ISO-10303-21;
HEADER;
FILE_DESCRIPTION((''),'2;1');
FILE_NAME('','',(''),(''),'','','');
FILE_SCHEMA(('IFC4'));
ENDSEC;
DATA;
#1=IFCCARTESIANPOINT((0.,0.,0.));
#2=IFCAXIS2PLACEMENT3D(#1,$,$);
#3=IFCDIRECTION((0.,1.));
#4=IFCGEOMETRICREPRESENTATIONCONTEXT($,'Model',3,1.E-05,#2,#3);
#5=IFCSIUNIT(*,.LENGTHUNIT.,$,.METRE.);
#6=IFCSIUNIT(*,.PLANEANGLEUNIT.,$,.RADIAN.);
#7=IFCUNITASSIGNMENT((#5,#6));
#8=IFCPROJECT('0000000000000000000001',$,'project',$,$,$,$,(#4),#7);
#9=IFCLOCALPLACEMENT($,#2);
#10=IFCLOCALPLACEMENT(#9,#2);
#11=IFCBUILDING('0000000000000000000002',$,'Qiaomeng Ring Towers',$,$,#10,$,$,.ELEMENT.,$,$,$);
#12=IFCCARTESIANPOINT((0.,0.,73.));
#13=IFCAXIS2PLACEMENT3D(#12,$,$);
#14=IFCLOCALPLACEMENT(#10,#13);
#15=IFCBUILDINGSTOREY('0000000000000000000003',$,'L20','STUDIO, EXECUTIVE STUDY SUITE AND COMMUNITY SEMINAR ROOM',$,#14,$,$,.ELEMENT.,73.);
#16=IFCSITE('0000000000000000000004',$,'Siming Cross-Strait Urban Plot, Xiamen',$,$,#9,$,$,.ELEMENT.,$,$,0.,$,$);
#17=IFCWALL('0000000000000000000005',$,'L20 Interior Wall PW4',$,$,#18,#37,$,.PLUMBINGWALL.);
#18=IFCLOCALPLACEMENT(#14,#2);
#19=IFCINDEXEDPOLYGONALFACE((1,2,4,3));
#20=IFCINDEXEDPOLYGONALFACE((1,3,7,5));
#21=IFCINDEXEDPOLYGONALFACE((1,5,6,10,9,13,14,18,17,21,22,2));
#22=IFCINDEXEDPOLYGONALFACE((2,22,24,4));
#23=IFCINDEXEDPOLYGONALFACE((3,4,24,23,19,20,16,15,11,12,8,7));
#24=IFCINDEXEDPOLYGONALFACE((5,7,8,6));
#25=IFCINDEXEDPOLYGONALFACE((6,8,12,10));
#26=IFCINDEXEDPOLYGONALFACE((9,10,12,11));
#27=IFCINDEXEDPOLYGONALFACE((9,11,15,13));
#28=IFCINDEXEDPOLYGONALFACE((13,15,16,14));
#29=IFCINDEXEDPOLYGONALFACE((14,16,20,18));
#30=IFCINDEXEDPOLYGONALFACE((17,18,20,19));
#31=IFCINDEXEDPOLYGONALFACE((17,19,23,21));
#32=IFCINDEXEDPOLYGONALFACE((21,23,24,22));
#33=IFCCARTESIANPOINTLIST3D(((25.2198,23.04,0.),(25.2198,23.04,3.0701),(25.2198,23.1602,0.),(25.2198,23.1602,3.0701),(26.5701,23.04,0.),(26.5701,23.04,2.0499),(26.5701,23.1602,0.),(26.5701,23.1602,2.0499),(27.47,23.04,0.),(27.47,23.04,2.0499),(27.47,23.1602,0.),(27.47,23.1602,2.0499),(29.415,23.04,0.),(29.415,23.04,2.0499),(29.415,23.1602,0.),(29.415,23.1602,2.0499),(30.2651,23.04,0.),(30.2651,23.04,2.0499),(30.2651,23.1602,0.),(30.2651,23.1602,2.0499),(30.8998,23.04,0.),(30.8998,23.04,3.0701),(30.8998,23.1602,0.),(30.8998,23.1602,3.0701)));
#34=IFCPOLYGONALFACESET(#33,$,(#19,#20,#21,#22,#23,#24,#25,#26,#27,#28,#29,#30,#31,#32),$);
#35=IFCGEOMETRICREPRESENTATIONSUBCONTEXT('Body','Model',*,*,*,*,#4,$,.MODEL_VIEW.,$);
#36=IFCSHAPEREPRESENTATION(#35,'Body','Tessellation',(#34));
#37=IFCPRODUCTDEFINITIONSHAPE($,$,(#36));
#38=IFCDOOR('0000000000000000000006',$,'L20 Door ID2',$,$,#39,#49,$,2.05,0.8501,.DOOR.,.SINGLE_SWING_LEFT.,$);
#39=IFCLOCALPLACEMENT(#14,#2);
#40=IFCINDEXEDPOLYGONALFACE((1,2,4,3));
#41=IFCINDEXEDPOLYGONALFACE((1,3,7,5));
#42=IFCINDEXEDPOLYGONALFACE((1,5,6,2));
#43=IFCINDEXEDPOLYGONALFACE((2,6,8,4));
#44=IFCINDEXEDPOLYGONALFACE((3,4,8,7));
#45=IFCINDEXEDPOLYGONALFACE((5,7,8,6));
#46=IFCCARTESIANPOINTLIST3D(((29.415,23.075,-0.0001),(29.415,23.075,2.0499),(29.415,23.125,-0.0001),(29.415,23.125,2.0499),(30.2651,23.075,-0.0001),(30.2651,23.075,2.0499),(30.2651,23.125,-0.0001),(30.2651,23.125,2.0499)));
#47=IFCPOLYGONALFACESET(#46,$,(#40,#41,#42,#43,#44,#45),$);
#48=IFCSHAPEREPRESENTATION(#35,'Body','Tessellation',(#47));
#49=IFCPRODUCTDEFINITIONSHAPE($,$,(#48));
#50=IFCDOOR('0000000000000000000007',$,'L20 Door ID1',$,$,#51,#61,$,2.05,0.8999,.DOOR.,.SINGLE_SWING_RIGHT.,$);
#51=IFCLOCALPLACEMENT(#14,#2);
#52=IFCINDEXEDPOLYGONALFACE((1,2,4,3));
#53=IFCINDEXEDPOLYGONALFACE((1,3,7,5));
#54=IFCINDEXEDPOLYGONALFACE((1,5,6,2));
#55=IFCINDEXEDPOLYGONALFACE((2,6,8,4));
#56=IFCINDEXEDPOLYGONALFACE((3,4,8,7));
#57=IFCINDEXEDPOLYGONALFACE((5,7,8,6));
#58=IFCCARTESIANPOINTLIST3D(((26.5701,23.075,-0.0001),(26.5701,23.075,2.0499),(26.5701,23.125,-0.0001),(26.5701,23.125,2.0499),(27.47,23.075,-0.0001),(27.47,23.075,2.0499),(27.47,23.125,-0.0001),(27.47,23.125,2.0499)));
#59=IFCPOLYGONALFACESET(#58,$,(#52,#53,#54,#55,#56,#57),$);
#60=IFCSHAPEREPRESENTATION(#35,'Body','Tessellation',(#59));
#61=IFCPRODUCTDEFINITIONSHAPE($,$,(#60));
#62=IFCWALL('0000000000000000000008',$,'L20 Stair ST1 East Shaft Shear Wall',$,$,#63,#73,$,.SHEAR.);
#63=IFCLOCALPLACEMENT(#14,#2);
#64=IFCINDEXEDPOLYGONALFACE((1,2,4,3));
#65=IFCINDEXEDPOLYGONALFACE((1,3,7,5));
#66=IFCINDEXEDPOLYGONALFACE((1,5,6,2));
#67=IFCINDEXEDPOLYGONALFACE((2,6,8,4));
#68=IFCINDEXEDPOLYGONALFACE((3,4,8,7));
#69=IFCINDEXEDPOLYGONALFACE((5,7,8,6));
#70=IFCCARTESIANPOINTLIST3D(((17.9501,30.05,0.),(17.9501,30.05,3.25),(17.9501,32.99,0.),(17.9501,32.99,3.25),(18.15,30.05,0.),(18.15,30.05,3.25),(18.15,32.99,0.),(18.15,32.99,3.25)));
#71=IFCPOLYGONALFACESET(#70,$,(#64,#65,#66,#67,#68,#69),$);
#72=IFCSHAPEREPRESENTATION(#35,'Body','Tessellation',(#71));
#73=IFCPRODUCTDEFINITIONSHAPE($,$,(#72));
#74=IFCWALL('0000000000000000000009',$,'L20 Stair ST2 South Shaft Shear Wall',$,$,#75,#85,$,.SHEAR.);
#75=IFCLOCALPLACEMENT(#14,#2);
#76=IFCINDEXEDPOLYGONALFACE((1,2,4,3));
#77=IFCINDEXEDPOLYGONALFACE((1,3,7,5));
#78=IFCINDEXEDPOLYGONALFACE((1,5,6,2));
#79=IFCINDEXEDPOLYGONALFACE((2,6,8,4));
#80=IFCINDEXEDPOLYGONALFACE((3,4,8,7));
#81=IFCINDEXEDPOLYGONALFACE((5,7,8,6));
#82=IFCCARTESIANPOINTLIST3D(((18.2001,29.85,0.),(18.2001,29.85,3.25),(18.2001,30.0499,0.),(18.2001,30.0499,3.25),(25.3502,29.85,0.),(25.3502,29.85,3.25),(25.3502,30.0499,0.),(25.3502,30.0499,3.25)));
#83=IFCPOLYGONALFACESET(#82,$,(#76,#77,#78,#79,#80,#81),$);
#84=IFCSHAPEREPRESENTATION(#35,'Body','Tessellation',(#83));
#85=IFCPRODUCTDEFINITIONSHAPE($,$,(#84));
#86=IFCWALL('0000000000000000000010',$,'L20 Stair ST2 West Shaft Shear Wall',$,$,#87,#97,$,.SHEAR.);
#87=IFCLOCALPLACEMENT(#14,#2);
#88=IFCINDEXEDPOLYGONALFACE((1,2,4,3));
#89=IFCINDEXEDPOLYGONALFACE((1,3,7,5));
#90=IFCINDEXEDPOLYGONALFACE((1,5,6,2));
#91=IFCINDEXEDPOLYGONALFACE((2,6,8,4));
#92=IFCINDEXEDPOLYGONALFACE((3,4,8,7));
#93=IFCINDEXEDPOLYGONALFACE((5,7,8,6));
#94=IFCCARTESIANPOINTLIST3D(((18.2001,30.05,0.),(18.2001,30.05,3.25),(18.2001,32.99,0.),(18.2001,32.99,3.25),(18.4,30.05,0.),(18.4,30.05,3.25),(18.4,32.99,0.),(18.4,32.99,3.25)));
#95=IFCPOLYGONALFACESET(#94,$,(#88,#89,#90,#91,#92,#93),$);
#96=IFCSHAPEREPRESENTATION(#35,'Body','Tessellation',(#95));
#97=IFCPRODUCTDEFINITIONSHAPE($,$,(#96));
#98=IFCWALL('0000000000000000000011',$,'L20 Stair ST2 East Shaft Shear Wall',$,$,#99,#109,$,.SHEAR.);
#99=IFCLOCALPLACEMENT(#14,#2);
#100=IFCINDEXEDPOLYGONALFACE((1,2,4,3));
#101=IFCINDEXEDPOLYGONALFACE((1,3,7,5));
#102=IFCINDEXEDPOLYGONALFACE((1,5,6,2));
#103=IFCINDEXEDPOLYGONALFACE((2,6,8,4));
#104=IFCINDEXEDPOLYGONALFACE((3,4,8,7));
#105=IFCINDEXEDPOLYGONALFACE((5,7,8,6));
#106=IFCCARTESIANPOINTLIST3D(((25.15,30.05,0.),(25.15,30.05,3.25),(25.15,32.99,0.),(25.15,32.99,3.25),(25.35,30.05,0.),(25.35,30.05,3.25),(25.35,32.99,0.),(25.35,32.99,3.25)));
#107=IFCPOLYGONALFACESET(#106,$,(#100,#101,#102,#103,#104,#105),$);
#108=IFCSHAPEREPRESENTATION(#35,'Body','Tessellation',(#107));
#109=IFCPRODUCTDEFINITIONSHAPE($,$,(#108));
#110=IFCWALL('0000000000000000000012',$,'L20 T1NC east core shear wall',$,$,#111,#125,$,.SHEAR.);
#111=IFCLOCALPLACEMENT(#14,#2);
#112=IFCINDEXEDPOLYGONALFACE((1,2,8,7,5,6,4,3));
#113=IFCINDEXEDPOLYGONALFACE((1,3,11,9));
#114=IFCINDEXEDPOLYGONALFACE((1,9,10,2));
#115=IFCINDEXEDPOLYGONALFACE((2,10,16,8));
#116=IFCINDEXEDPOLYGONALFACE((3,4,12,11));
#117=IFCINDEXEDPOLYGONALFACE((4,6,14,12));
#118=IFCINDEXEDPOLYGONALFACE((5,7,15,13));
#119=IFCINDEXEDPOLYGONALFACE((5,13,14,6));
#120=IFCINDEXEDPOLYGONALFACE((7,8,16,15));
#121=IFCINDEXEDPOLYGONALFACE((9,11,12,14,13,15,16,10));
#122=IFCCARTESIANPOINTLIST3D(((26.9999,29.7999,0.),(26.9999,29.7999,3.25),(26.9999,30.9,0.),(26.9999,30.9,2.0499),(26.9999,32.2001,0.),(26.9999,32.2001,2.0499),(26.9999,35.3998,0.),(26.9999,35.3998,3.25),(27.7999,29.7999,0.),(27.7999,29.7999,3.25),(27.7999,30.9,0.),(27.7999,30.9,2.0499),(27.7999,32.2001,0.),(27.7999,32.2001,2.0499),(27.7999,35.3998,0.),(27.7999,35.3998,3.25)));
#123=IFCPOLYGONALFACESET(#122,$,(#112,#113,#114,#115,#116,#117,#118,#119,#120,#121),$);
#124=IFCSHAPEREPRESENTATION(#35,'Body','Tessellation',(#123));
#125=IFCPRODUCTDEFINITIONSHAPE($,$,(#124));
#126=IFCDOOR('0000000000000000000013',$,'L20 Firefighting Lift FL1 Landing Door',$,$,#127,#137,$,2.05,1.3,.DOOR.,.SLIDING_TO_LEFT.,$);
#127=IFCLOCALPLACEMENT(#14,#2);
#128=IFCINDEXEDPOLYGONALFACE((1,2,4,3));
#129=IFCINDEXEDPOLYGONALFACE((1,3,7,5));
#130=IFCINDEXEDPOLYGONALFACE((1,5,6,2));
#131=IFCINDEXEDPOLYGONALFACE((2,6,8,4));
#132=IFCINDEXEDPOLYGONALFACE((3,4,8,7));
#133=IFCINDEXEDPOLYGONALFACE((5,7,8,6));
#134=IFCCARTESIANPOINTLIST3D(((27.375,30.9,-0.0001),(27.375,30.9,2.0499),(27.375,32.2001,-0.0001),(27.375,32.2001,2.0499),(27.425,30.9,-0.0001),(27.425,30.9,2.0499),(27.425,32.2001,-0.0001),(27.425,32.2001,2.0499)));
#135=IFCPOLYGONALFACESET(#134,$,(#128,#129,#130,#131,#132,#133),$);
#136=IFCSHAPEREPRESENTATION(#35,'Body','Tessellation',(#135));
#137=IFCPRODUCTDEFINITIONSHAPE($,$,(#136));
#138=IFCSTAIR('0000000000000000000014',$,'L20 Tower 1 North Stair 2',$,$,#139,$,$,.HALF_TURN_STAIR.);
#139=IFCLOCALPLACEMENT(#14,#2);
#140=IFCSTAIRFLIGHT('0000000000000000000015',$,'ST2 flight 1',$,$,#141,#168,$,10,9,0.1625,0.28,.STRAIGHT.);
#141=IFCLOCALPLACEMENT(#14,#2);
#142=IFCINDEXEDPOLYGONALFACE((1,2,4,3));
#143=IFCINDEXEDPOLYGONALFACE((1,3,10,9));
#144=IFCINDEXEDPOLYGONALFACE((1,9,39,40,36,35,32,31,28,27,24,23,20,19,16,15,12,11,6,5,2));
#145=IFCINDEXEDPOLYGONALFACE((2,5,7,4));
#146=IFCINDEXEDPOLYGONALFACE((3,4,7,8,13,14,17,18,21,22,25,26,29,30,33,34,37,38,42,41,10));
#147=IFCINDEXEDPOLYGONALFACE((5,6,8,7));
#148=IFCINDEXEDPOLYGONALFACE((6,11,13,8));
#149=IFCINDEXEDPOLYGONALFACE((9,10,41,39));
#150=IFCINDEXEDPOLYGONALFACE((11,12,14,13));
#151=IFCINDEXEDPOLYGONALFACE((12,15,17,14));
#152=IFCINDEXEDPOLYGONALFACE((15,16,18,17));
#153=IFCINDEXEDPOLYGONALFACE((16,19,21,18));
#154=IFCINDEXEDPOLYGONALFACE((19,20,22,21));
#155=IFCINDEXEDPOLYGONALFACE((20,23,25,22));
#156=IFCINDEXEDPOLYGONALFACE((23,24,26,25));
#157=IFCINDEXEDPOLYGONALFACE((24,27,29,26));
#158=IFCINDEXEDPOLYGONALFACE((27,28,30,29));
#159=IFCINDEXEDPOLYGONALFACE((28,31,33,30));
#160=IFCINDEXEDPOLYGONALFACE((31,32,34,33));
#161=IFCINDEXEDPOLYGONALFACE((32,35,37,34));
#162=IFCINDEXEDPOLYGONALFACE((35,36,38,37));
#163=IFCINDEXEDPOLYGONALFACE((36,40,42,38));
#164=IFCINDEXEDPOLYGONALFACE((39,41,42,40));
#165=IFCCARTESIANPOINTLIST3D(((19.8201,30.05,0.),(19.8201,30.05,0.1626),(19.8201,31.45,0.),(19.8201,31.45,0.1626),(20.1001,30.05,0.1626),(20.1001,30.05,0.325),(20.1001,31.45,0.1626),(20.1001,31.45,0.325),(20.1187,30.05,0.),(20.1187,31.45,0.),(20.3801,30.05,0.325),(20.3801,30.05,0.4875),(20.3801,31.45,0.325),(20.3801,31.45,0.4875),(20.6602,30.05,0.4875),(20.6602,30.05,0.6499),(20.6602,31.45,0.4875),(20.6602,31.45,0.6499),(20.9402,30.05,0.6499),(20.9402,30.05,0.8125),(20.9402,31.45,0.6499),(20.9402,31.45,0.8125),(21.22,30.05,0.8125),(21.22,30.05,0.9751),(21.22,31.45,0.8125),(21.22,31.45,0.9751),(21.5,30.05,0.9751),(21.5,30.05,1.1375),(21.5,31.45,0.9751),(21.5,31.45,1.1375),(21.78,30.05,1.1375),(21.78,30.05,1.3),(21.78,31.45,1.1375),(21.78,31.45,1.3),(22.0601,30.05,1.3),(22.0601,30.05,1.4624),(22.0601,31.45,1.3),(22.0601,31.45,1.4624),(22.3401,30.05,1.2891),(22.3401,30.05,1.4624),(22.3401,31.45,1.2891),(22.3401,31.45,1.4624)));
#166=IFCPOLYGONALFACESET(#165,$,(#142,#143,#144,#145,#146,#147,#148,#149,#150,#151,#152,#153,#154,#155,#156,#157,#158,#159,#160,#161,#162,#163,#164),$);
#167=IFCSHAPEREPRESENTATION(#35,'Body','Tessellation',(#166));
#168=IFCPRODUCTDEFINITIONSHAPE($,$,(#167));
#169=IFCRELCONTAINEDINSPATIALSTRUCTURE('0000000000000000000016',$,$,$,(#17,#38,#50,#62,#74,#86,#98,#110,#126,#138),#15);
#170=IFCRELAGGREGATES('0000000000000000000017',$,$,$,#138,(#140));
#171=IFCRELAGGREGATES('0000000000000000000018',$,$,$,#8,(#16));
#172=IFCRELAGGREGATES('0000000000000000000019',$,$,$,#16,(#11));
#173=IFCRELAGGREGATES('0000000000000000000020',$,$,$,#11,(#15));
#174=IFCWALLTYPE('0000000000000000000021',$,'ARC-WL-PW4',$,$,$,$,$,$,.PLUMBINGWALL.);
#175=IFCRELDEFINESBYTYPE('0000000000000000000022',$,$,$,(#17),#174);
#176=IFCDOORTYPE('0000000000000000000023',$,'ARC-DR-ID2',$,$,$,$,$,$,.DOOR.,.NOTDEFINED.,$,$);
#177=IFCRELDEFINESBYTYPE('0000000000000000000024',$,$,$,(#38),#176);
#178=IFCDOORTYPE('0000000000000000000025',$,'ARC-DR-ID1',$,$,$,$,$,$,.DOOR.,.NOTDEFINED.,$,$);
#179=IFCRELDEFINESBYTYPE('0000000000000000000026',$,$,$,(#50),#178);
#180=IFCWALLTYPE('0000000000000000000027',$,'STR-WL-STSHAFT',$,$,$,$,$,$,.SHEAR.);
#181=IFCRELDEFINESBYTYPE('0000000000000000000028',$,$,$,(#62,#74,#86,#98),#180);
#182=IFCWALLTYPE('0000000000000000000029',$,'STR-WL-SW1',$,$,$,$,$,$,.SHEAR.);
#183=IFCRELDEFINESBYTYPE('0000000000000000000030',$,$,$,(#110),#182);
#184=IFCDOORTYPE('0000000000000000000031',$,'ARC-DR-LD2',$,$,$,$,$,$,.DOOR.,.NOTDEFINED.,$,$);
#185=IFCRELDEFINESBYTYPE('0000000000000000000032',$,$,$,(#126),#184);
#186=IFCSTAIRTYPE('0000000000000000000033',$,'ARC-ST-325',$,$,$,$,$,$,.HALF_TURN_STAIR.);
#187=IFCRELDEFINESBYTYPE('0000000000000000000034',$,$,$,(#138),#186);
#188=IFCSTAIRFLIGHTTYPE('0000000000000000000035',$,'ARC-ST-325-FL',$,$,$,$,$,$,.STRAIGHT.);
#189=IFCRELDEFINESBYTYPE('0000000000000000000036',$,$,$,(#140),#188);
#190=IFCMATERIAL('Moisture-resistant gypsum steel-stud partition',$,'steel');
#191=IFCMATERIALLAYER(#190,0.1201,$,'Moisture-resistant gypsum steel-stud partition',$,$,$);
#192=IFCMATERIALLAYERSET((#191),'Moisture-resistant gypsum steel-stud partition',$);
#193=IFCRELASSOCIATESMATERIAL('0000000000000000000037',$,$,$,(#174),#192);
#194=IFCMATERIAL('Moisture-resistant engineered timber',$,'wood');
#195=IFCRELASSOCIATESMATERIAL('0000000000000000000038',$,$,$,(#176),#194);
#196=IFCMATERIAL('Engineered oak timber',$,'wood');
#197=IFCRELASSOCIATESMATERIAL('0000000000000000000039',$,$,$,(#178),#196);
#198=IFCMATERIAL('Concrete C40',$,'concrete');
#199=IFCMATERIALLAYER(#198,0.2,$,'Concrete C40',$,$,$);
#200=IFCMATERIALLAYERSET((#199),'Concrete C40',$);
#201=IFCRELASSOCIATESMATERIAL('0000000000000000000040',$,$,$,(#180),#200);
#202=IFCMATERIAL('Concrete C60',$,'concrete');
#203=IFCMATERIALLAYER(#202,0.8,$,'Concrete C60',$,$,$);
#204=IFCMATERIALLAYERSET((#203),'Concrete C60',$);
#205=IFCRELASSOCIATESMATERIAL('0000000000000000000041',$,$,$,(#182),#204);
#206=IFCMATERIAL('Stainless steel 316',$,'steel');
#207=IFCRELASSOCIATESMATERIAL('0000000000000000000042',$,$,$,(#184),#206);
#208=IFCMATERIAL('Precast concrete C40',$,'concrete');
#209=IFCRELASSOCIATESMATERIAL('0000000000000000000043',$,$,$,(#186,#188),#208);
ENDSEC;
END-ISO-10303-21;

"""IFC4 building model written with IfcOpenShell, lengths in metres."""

from ifc_helpers import new_model, si_unit, direction, frame, frame_2d, origin, place, context, subcontext, project, spatial, polyline, rectangle, outline, extrude, source, transform, mapped, material, layer, layer_set, type_object, element, fill, aggregate, save


model = new_model("IFC4")

# Units and contexts
model_context = context("Model", 3, precision=1e-05, world=origin(), true_north=direction((0.0, 1.0)))
body_context = subcontext(model_context, "Body", "Model", "MODEL_VIEW")
ifc_project = project(units=[si_unit("LENGTHUNIT", "METRE"), si_unit("PLANEANGLEUNIT", "RADIAN")], contexts=[model_context])

# Site, building, storey
site_placement = place(None, origin())
site = spatial("IfcSite", under=ifc_project, at=site_placement, Name="Siming Cross-Strait Urban Plot, Xiamen", CompositionType="ELEMENT", RefElevation=0.0)
building_placement = place(site_placement, origin())
building = spatial("IfcBuilding", under=site, at=building_placement, Name="Qiaomeng Ring Towers", CompositionType="ELEMENT")
storey_placement = place(building_placement, frame((0.0, 0.0, 73.0)))
storey = spatial("IfcBuildingStorey", under=building, at=storey_placement, Name="L20", Description="STUDIO, EXECUTIVE STUDY SUITE AND COMMUNITY SEMINAR ROOM", CompositionType="ELEMENT", Elevation=73.0)

# Wall, openings, doors
ifc_material_1 = material(Name="Moisture-resistant gypsum steel-stud partition", Category="steel")
ifc_layer_1 = layer(ifc_material_1, 0.1201, Name="Moisture-resistant gypsum steel-stud partition")
ifc_layer_set_1 = layer_set([ifc_layer_1], Name="Moisture-resistant gypsum steel-stud partition")
wall_type_1 = type_object("IfcWallType", Name="ARC-WL-PW4", PredefinedType="PLUMBINGWALL", material=ifc_layer_set_1)
wall_1_placement = place(storey_placement, frame((25.22, 23.1001, 0.0), z_axis=(0.0, 0.0, 1.0), x_axis=(1.0, 0.0, 0.0)))
wall_1 = element("IfcWall", 1, at=wall_1_placement, inside=storey, type_object=wall_type_1, Name="L20 Interior Wall PW4", PredefinedType="PLUMBINGWALL", context=body_context, shape_type="SweptSolid", body=[
    extrude(rectangle(XDim=5.6799, YDim=0.1201, at=frame_2d((2.8398, 0.0))), origin(), (0.0, 0.0, 1.0), 3.0701),
])
opening_1_placement = place(wall_1_placement, frame((1.3501, 0.0, 0.0)))
opening_1 = element("IfcOpeningElement", 2, at=opening_1_placement, cuts=wall_1, PredefinedType="OPENING", context=body_context, shape_type="SweptSolid", body=[
    extrude(rectangle(XDim=0.8999, YDim=2.05, at=frame_2d((0.45, 1.0249))), frame((0.0, 0.0701, 0.0), z_axis=(0.0, -1.0, 0.0), x_axis=(1.0, 0.0, 0.0)), (0.0, 0.0, 1.0), 0.1401),
])
opening_2_placement = place(wall_1_placement, frame((4.1951, 0.0, 0.0)))
opening_2 = element("IfcOpeningElement", 3, at=opening_2_placement, cuts=wall_1, PredefinedType="OPENING", context=body_context, shape_type="SweptSolid", body=[
    extrude(rectangle(XDim=0.8501, YDim=2.05, at=frame_2d((0.425, 1.0249))), frame((0.0, 0.0701, 0.0), z_axis=(0.0, -1.0, 0.0), x_axis=(1.0, 0.0, 0.0)), (0.0, 0.0, 1.0), 0.1401),
])
ifc_material_2 = material(Name="Moisture-resistant engineered timber", Category="wood")
door_type_1 = type_object("IfcDoorType", Name="ARC-DR-ID2", OperationType="NOTDEFINED", PredefinedType="DOOR", material=ifc_material_2)
shared_shape_1 = source(origin(), body_context, "Body", "SweptSolid", [
    extrude(rectangle(XDim=0.8501, YDim=2.05, at=frame_2d((0.425, 1.0249))), frame((0.0, 0.0249, 0.0), z_axis=(0.0, -1.0, 0.0), x_axis=(1.0, 0.0, 0.0)), (0.0, 0.0, 1.0), 0.05),
])
door_1_placement = place(opening_2_placement, origin())
door_1 = element("IfcDoor", 4, at=door_1_placement, inside=storey, type_object=door_type_1, Name="L20 Door ID2", OperationType="SINGLE_SWING_LEFT", OverallHeight=2.05, OverallWidth=0.8501, PredefinedType="DOOR", context=body_context, shape_type="MappedRepresentation", body=[
    mapped(shared_shape_1, transform((0.0, 0.0, 0.0), x_axis=(1.0, 0.0, 0.0), y_axis=(0.0, 1.0, 0.0), z_axis=(0.0, 0.0, 1.0), scale=1.0)),
])
fill(opening_2, door_1)
ifc_material_3 = material(Name="Engineered oak timber", Category="wood")
door_type_2 = type_object("IfcDoorType", Name="ARC-DR-ID1", OperationType="NOTDEFINED", PredefinedType="DOOR", material=ifc_material_3)
shared_shape_2 = source(origin(), body_context, "Body", "SweptSolid", [
    extrude(rectangle(XDim=0.8999, YDim=2.05, at=frame_2d((0.45, 1.0249))), frame((0.0, 0.0249, 0.0), z_axis=(0.0, -1.0, 0.0), x_axis=(1.0, 0.0, 0.0)), (0.0, 0.0, 1.0), 0.05),
])
door_2_placement = place(opening_1_placement, origin())
door_2 = element("IfcDoor", 5, at=door_2_placement, inside=storey, type_object=door_type_2, Name="L20 Door ID1", OperationType="SINGLE_SWING_RIGHT", OverallHeight=2.05, OverallWidth=0.8999, PredefinedType="DOOR", context=body_context, shape_type="MappedRepresentation", body=[
    mapped(shared_shape_2, transform((0.0, 0.0, 0.0), x_axis=(1.0, 0.0, 0.0), y_axis=(0.0, 1.0, 0.0), z_axis=(0.0, 0.0, 1.0), scale=1.0)),
])
fill(opening_1, door_2)

# Walls
ifc_material_4 = material(Name="Concrete C40", Category="concrete")
ifc_layer_2 = layer(ifc_material_4, 0.2, Name="Concrete C40")
ifc_layer_set_2 = layer_set([ifc_layer_2], Name="Concrete C40")
wall_type_2 = type_object("IfcWallType", Name="STR-WL-STSHAFT", PredefinedType="SHEAR", material=ifc_layer_set_2)
wall_2_placement = place(storey_placement, frame((18.05, 30.05, 0.0), z_axis=(0.0, 0.0, 1.0), x_axis=(0.0, 1.0, 0.0)))
element("IfcWall", 6, at=wall_2_placement, inside=storey, type_object=wall_type_2, Name="L20 Stair ST1 East Shaft Shear Wall", PredefinedType="SHEAR", context=body_context, shape_type="SweptSolid", body=[
    extrude(rectangle(XDim=2.9399, YDim=0.2, at=frame_2d((1.47, 0.0))), origin(), (0.0, 0.0, 1.0), 3.25),
])
wall_3_placement = place(storey_placement, frame((18.2, 29.95, 0.0), z_axis=(0.0, 0.0, 1.0), x_axis=(1.0, 0.0, 0.0)))
element("IfcWall", 7, at=wall_3_placement, inside=storey, type_object=wall_type_2, Name="L20 Stair ST2 South Shaft Shear Wall", PredefinedType="SHEAR", context=body_context, shape_type="SweptSolid", body=[
    extrude(rectangle(XDim=7.1501, YDim=0.2, at=frame_2d((3.5752, 0.0))), origin(), (0.0, 0.0, 1.0), 3.25),
])
for number, where, z_axis, x_axis, name in (
    (8, (18.3, 30.05, 0.0), (0.0, 0.0, 1.0), (0.0, 1.0, 0.0), "L20 Stair ST2 West Shaft Shear Wall"),
    (9, (25.25, 30.05, 0.0), (0.0, 0.0, 1.0), (0.0, 1.0, 0.0), "L20 Stair ST2 East Shaft Shear Wall"),
):
    element("IfcWall", number, at=place(storey_placement, frame(where, z_axis=z_axis, x_axis=x_axis)), inside=storey, type_object=wall_type_2, Name=name, PredefinedType="SHEAR", context=body_context, shape_type="SweptSolid", body=[
        extrude(rectangle(XDim=2.9399, YDim=0.2, at=frame_2d((1.47, 0.0))), origin(), (0.0, 0.0, 1.0), 3.25),
    ])

# Wall, opening, door
ifc_material_5 = material(Name="Concrete C60", Category="concrete")
ifc_layer_3 = layer(ifc_material_5, 0.8, Name="Concrete C60")
ifc_layer_set_3 = layer_set([ifc_layer_3], Name="Concrete C60")
wall_type_3 = type_object("IfcWallType", Name="STR-WL-SW1", PredefinedType="SHEAR", material=ifc_layer_set_3)
wall_4_placement = place(storey_placement, frame((27.3999, 29.8, 0.0), z_axis=(0.0, 0.0, 1.0), x_axis=(0.0, 1.0, 0.0)))
wall_4 = element("IfcWall", 10, at=wall_4_placement, inside=storey, type_object=wall_type_3, Name="L20 T1NC east core shear wall", PredefinedType="SHEAR", context=body_context, shape_type="SweptSolid", body=[
    extrude(rectangle(XDim=5.5999, YDim=0.8, at=frame_2d((2.7998, 0.0))), origin(), (0.0, 0.0, 1.0), 3.25),
])
opening_3_placement = place(wall_4_placement, frame((1.1001, 0.0, 0.0)))
opening_3 = element("IfcOpeningElement", 11, at=opening_3_placement, cuts=wall_4, PredefinedType="OPENING", context=body_context, shape_type="SweptSolid", body=[
    extrude(rectangle(XDim=1.3, YDim=2.05, at=frame_2d((0.6499, 1.0249))), frame((0.0, 0.4099, 0.0), z_axis=(0.0, -1.0, 0.0), x_axis=(1.0, 0.0, 0.0)), (0.0, 0.0, 1.0), 0.8201),
])
ifc_material_6 = material(Name="Stainless steel 316", Category="steel")
door_type_3 = type_object("IfcDoorType", Name="ARC-DR-LD2", OperationType="NOTDEFINED", PredefinedType="DOOR", material=ifc_material_6)
shared_shape_3 = source(origin(), body_context, "Body", "SweptSolid", [
    extrude(rectangle(XDim=1.3, YDim=2.05, at=frame_2d((0.6499, 1.0249))), frame((0.0, 0.0249, 0.0), z_axis=(0.0, -1.0, 0.0), x_axis=(1.0, 0.0, 0.0)), (0.0, 0.0, 1.0), 0.05),
])
door_3_placement = place(opening_3_placement, origin())
door_3 = element("IfcDoor", 12, at=door_3_placement, inside=storey, type_object=door_type_3, Name="L20 Firefighting Lift FL1 Landing Door", OperationType="SLIDING_TO_LEFT", OverallHeight=2.05, OverallWidth=1.3, PredefinedType="DOOR", context=body_context, shape_type="MappedRepresentation", body=[
    mapped(shared_shape_3, transform((0.0, 0.0, 0.0), x_axis=(1.0, 0.0, 0.0), y_axis=(0.0, 1.0, 0.0), z_axis=(0.0, 0.0, 1.0), scale=1.0)),
])
fill(opening_3, door_3)

# Stair, stair flight
ifc_material_7 = material(Name="Precast concrete C40", Category="concrete")
stair_type = type_object("IfcStairType", Name="ARC-ST-325", PredefinedType="HALF_TURN_STAIR", material=ifc_material_7)
stair_placement = place(storey_placement, origin())
stair = element("IfcStair", 13, at=stair_placement, inside=storey, type_object=stair_type, Name="L20 Tower 1 North Stair 2", PredefinedType="HALF_TURN_STAIR")
stair_flight_type = type_object("IfcStairFlightType", Name="ARC-ST-325-FL", PredefinedType="STRAIGHT", material=ifc_material_7)
shared_shape_4 = source(origin(), body_context, "Body", "SweptSolid", [
    extrude(outline(polyline([(0.0, 0.0), (0.0, 0.1626), (0.28, 0.1626), (0.28, 0.325), (0.5601, 0.325), (0.5601, 0.4875), (0.8401, 0.4875), (0.8401, 0.6499), (1.1201, 0.6499), (1.1201, 0.8125), (1.3999, 0.8125), (1.3999, 0.9751), (1.6799, 0.9751), (1.6799, 1.1375), (1.96, 1.1375), (1.96, 1.3), (2.24, 1.3), (2.24, 1.4624), (2.52, 1.4624), (2.52, 1.625), (2.52, 1.2891), (0.2986, 0.0), (0.0, 0.0)])), frame((0.0, 0.7, 0.0), z_axis=(0.0, -1.0, 0.0), x_axis=(1.0, 0.0, 0.0)), (0.0, 0.0, 1.0), 1.3999),
])
stair_flight_placement = place(storey_placement, frame((19.8201, 30.75, 0.0), z_axis=(0.0, 0.0, 1.0), x_axis=(1.0, 0.0, 0.0)))
stair_flight = element("IfcStairFlight", 14, at=stair_flight_placement, type_object=stair_flight_type, Name="ST2 flight 1", NumberOfRisers=10, NumberOfTreads=9, PredefinedType="STRAIGHT", RiserHeight=0.1625, TreadLength=0.28, context=body_context, shape_type="MappedRepresentation", body=[
    mapped(shared_shape_4, transform((0.0, 0.0, 0.0), x_axis=(1.0, 0.0, 0.0), y_axis=(0.0, 1.0, 0.0), z_axis=(0.0, 0.0, 1.0), scale=1.0)),
])
aggregate(stair, [stair_flight])

save(model, "model.ifc")
